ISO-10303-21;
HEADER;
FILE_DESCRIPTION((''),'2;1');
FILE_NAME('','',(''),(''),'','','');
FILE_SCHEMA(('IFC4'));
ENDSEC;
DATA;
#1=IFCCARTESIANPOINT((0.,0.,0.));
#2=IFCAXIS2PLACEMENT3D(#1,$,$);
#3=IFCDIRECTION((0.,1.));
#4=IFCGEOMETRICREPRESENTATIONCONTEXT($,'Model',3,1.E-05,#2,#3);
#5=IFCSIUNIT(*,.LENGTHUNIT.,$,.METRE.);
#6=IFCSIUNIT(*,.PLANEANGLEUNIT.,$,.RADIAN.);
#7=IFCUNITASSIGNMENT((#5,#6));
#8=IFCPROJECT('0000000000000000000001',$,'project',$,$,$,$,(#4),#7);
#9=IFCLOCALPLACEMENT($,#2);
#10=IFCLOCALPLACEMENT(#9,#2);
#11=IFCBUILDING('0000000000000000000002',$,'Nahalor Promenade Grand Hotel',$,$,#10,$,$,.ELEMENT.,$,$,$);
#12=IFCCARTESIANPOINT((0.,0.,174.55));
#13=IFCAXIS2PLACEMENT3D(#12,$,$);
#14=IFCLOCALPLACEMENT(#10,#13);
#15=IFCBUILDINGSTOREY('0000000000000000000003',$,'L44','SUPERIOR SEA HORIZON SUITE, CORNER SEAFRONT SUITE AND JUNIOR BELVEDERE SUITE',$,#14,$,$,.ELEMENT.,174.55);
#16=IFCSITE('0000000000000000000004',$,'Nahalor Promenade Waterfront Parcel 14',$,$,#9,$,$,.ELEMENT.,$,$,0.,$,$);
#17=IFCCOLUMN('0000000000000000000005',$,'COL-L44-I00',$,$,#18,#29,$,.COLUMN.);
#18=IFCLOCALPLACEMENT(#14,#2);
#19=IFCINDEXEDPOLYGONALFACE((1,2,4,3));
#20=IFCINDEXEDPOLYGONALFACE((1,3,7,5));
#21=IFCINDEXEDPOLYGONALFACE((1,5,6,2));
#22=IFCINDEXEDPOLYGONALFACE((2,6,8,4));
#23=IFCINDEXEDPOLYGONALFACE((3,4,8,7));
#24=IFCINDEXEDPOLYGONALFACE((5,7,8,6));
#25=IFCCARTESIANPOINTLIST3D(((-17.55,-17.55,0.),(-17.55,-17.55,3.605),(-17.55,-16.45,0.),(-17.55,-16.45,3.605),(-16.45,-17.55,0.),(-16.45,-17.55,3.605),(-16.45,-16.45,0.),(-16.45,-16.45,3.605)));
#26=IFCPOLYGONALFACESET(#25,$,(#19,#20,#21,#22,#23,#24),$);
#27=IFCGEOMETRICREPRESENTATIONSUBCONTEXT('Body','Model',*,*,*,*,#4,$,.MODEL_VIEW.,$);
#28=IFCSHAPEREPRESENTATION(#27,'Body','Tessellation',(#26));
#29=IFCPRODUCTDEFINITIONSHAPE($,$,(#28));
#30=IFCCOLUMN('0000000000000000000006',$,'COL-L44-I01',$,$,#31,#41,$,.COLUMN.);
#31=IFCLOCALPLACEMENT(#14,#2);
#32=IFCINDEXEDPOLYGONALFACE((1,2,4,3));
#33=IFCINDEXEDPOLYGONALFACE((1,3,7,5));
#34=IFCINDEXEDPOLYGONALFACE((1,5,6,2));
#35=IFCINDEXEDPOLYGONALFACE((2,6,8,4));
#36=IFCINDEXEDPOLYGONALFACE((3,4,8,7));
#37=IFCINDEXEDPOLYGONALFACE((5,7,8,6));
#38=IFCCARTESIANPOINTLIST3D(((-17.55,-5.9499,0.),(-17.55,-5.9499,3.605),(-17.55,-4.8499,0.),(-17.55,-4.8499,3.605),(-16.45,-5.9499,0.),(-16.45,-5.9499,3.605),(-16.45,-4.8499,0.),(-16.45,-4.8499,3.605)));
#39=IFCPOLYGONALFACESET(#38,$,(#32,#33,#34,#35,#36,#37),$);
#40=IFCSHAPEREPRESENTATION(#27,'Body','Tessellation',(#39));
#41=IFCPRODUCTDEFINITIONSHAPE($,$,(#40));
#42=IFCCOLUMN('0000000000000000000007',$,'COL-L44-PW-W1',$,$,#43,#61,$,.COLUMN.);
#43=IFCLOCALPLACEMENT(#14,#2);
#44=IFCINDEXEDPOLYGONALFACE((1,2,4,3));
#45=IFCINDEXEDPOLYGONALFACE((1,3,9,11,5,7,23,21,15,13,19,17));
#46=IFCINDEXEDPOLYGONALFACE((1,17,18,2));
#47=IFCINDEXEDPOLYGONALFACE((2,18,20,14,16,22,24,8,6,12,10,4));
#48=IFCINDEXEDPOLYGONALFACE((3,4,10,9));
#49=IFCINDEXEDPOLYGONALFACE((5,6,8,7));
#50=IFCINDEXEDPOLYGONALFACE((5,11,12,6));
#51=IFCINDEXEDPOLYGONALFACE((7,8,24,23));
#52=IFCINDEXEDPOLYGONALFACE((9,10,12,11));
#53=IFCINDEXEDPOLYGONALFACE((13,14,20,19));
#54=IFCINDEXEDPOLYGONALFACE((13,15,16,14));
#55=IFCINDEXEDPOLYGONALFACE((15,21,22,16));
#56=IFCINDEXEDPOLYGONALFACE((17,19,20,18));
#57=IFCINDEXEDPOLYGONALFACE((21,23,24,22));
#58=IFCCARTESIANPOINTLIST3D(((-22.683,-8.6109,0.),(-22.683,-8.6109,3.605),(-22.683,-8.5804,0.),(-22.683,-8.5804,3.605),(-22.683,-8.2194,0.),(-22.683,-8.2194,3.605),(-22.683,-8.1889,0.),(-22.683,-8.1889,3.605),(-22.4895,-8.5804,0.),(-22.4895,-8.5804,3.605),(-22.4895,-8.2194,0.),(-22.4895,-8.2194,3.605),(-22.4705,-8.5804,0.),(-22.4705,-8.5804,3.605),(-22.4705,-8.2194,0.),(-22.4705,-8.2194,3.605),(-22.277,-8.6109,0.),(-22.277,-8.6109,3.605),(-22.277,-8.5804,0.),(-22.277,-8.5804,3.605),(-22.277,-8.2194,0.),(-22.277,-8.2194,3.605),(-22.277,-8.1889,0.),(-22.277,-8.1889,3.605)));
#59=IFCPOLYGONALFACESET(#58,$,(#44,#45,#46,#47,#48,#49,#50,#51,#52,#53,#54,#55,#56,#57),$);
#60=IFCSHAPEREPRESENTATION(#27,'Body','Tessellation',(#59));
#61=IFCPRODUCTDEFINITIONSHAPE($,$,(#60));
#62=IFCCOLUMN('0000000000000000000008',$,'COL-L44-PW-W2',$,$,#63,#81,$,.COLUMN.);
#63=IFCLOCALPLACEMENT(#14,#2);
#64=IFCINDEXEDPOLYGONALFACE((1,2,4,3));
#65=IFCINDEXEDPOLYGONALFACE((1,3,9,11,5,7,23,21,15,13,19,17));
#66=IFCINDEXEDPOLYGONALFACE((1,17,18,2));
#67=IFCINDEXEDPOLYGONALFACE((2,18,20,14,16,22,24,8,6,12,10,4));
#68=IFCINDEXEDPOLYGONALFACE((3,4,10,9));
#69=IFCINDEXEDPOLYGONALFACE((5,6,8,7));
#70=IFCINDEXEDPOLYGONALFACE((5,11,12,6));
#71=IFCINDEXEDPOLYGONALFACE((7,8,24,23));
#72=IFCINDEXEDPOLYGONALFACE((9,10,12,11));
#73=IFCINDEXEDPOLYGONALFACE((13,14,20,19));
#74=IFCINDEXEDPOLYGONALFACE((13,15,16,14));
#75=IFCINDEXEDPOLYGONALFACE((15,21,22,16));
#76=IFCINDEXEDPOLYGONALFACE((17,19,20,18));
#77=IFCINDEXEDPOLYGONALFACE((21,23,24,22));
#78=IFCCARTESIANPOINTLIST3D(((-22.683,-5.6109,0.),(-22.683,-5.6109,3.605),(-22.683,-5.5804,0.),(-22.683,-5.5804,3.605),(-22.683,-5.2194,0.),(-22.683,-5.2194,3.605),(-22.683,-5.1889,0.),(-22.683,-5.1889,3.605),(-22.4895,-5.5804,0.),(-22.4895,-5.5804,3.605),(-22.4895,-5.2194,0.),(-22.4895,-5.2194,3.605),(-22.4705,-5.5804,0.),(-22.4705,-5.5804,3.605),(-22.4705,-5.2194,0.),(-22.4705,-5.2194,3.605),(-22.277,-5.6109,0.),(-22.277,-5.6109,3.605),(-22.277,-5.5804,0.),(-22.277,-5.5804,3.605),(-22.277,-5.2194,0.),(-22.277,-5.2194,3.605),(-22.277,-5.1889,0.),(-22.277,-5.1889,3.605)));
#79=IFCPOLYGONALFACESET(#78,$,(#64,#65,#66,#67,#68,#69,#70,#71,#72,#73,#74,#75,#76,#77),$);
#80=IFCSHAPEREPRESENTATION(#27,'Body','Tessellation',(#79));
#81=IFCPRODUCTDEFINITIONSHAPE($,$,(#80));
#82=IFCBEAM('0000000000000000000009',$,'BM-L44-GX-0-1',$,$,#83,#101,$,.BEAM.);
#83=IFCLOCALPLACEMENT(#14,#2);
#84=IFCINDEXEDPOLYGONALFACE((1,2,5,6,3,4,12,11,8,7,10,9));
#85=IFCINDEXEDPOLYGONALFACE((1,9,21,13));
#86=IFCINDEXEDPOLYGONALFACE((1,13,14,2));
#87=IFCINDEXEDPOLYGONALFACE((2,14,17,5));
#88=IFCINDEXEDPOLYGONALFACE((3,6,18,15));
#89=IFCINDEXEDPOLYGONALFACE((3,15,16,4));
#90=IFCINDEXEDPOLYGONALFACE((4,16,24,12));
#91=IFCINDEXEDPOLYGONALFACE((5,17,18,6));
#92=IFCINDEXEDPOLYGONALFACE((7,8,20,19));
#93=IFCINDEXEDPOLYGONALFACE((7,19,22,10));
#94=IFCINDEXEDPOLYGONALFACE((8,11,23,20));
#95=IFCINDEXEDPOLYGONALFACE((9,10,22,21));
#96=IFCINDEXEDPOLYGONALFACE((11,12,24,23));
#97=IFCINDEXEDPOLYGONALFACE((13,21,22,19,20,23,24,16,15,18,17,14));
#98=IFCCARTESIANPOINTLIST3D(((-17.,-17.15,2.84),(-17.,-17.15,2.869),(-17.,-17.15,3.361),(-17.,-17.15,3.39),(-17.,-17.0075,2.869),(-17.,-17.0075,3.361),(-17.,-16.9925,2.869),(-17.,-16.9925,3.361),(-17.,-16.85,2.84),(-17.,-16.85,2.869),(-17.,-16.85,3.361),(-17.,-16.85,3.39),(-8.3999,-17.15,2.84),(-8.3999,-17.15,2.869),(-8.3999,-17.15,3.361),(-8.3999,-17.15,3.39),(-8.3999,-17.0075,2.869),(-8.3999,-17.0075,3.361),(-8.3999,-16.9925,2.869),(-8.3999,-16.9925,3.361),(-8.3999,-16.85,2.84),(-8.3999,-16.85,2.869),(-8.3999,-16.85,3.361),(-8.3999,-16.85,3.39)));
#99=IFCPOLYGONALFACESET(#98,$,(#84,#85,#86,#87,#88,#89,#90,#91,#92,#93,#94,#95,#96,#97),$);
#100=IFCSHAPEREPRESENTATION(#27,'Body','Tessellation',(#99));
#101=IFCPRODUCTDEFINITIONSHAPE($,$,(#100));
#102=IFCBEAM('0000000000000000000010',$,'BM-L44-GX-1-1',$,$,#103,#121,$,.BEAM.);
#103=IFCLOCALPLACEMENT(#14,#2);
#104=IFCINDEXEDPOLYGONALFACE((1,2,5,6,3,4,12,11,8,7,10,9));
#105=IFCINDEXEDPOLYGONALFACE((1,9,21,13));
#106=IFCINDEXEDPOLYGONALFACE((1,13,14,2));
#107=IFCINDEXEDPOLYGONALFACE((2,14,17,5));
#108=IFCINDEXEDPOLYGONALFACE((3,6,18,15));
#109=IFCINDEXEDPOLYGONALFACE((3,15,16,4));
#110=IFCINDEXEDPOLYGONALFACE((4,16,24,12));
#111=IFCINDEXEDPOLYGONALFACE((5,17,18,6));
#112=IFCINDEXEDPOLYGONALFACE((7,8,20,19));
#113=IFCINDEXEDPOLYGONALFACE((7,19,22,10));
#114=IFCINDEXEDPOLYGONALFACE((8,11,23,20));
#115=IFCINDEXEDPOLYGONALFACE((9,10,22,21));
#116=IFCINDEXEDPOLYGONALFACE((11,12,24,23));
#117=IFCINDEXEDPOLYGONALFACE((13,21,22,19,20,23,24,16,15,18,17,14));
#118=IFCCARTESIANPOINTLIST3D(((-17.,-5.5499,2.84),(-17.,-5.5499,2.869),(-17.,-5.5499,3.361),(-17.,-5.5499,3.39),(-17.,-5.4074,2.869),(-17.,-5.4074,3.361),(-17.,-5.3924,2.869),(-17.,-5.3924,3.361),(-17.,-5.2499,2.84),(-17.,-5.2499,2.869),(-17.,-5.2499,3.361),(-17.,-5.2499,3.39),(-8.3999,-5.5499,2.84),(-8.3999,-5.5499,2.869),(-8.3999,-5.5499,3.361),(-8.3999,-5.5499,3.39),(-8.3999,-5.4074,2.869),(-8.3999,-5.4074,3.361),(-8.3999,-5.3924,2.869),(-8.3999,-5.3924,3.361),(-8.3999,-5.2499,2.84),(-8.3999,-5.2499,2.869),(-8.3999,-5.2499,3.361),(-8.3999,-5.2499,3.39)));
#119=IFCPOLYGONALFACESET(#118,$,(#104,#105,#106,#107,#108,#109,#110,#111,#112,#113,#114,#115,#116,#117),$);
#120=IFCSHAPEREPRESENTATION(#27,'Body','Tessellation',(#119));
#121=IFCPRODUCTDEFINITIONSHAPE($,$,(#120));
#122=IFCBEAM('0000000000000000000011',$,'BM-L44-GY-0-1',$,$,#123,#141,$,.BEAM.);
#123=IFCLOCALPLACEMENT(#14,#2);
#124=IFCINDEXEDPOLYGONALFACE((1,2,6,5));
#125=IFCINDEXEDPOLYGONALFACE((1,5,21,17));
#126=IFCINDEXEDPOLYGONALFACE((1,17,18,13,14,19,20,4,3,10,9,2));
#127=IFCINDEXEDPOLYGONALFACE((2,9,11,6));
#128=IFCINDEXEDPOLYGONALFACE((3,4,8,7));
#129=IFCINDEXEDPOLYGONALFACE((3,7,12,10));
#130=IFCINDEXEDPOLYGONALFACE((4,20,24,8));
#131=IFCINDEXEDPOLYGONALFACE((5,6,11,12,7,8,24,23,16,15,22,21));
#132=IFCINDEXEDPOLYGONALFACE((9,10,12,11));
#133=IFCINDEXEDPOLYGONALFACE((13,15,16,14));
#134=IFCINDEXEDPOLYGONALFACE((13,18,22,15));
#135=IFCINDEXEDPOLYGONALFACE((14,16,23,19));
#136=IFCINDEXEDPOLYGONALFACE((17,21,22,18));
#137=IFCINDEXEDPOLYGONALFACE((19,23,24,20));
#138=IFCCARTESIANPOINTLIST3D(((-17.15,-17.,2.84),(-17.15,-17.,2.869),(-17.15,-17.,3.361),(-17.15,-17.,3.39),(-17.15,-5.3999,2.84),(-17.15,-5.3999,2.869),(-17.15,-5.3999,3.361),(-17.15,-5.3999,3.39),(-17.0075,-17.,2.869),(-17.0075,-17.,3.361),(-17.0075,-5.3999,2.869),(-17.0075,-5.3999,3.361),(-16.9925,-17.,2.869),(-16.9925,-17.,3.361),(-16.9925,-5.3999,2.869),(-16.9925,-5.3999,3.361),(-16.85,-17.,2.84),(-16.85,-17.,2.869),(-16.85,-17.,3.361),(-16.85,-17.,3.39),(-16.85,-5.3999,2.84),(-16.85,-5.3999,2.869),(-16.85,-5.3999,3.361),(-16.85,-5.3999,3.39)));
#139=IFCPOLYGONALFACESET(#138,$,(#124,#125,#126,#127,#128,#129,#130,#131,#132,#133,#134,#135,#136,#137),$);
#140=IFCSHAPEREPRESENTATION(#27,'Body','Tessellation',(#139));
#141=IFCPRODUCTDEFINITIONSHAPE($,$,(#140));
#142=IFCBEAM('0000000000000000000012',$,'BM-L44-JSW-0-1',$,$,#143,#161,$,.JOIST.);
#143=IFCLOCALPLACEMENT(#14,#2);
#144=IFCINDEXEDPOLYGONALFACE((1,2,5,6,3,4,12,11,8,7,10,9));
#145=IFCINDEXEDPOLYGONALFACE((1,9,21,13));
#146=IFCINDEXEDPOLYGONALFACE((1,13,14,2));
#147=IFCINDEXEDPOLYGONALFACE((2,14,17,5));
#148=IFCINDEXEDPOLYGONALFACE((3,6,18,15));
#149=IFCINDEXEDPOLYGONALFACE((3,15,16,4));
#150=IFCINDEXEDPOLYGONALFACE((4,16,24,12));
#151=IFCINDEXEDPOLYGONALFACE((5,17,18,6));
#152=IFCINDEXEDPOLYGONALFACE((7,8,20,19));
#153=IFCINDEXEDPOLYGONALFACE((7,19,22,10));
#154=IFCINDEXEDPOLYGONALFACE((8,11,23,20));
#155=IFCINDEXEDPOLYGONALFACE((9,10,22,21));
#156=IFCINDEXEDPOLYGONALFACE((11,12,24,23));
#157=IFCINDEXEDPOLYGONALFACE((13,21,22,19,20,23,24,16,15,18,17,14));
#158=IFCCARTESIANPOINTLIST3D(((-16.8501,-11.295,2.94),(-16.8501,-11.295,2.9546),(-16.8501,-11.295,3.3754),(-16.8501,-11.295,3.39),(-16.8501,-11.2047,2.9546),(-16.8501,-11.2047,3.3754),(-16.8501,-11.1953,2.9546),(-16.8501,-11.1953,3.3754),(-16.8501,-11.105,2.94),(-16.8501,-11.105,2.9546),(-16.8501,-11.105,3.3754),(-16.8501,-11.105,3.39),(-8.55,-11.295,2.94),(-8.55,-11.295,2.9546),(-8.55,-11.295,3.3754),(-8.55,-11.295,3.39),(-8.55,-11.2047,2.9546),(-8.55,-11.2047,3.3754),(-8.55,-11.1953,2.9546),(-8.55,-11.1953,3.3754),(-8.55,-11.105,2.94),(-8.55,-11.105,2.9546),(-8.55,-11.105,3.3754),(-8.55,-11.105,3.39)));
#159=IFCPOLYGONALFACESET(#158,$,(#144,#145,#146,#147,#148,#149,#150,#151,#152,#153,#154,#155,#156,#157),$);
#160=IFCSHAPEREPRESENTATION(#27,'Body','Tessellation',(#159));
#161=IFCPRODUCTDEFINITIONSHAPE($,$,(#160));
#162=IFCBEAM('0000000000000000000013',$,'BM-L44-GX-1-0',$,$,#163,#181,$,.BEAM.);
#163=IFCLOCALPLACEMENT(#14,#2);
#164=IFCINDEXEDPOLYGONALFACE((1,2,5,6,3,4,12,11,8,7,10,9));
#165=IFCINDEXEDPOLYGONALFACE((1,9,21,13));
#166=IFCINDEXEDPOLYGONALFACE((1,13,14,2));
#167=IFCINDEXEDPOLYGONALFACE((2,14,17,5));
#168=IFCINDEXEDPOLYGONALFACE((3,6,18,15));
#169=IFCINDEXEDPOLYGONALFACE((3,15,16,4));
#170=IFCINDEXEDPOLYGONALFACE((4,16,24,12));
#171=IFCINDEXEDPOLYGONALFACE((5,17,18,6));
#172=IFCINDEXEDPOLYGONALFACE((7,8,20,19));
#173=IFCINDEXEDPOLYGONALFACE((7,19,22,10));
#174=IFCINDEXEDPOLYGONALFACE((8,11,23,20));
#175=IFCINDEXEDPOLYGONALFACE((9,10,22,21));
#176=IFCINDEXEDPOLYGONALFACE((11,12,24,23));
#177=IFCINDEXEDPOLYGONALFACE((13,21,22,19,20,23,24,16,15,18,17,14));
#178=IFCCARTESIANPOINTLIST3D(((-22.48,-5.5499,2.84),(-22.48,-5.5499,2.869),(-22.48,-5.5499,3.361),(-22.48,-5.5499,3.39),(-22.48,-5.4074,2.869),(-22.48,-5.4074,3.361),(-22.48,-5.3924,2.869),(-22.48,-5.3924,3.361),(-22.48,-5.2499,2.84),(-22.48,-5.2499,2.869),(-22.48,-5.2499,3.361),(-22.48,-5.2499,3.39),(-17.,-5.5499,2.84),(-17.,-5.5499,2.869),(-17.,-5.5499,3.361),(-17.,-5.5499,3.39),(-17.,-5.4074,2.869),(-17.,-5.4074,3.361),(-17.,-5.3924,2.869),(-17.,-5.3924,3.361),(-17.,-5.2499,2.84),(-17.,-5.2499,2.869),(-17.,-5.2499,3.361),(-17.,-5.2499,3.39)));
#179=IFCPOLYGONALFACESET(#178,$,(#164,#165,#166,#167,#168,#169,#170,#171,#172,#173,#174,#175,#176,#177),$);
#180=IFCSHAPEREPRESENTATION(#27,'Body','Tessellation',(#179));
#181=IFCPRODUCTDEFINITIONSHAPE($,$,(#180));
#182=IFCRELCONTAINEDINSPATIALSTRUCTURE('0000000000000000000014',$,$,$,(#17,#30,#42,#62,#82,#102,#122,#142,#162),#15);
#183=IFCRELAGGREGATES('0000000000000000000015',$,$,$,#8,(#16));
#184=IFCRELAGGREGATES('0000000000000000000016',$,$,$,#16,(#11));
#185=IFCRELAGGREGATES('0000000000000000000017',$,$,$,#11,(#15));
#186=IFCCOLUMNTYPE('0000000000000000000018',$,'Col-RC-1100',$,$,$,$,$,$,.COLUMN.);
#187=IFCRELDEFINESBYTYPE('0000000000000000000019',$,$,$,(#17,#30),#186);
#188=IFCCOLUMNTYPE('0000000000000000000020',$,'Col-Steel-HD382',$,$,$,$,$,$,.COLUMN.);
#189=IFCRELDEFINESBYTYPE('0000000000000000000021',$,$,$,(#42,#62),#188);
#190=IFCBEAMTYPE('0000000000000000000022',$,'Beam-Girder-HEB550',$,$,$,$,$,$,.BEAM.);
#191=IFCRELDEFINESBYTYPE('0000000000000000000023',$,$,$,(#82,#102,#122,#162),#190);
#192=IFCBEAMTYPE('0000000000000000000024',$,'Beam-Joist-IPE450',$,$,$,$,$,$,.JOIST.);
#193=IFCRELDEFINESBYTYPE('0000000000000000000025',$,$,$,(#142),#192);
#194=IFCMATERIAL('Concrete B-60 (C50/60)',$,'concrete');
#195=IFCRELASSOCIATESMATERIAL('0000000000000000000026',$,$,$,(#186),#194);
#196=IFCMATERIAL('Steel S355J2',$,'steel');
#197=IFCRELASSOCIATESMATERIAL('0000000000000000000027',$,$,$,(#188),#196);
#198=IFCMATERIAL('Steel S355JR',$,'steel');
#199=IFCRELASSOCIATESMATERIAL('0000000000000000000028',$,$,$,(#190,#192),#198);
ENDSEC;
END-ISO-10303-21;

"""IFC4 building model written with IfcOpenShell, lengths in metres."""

from ifc_helpers import new_model, si_unit, direction, frame, origin, origin_2d, place, context, subcontext, project, spatial, rectangle, i_section, extrude, source, transform, mapped, material, material_profile, profile_set, type_object, element, save


model = new_model("IFC4")

# Units and contexts
model_context = context("Model", 3, precision=1e-05, world=origin(), true_north=direction((0.0, 1.0)))
body_context = subcontext(model_context, "Body", "Model", "MODEL_VIEW")
ifc_project = project(units=[si_unit("LENGTHUNIT", "METRE"), si_unit("PLANEANGLEUNIT", "RADIAN")], contexts=[model_context])

# Site, building, storey
site_placement = place(None, origin())
site = spatial("IfcSite", under=ifc_project, at=site_placement, Name="Nahalor Promenade Waterfront Parcel 14", CompositionType="ELEMENT", RefElevation=0.0)
building_placement = place(site_placement, origin())
building = spatial("IfcBuilding", under=site, at=building_placement, Name="Nahalor Promenade Grand Hotel", CompositionType="ELEMENT")
storey_placement = place(building_placement, frame((0.0, 0.0, 174.55)))
storey = spatial("IfcBuildingStorey", under=building, at=storey_placement, Name="L44", Description="SUPERIOR SEA HORIZON SUITE, CORNER SEAFRONT SUITE AND JUNIOR BELVEDERE SUITE", CompositionType="ELEMENT", Elevation=174.55)

# Columns
ifc_material_1 = material(Name="Concrete B-60 (C50/60)", Category="concrete")
ifc_material_profile_1 = material_profile(ifc_material_1, rectangle(XDim=1.1, YDim=1.1, at=origin_2d()), Name="RC 1100x1100")
ifc_profile_set_1 = profile_set([ifc_material_profile_1], Name="Concrete B-60 (C50/60)")
column_type_1 = type_object("IfcColumnType", Name="Col-RC-1100", PredefinedType="COLUMN", material=ifc_profile_set_1)
shared_shape_1 = source(origin(), body_context, "Body", "SweptSolid", [
    extrude(rectangle(XDim=1.1, YDim=1.1, at=origin_2d()), origin(), (0.0, 0.0, 1.0), 3.605),
])
for number, where, z_axis, x_axis, name in (
    (1, (-17.0, -17.0, 0.0), (0.0, 0.0, 1.0), (1.0, 0.0, 0.0), "COL-L44-I00"),
    (2, (-17.0, -5.3999, 0.0), (0.0, 0.0, 1.0), (1.0, 0.0, 0.0), "COL-L44-I01"),
):
    element("IfcColumn", number, at=place(storey_placement, frame(where, z_axis=z_axis, x_axis=x_axis)), inside=storey, type_object=column_type_1, Name=name, PredefinedType="COLUMN", context=body_context, shape_type="MappedRepresentation", body=[
        mapped(shared_shape_1, transform((0.0, 0.0, 0.0), scale=1.0)),
    ])
ifc_material_2 = material(Name="Steel S355J2", Category="steel")
ifc_material_profile_2 = material_profile(ifc_material_2, i_section(OverallWidth=0.406, OverallDepth=0.422, WebThickness=0.019, FlangeThickness=0.0305, at=origin_2d()), Name="HD 400x382")
ifc_profile_set_2 = profile_set([ifc_material_profile_2], Name="Steel S355J2")
column_type_2 = type_object("IfcColumnType", Name="Col-Steel-HD382", PredefinedType="COLUMN", material=ifc_profile_set_2)
shared_shape_2 = source(origin(), body_context, "Body", "SweptSolid", [
    extrude(i_section(OverallWidth=0.406, OverallDepth=0.422, WebThickness=0.019, FlangeThickness=0.0305, at=origin_2d()), origin(), (0.0, 0.0, 1.0), 3.605),
])
for number, where, z_axis, x_axis, name in (
    (3, (-22.48, -8.3999, 0.0), (0.0, 0.0, 1.0), (1.0, 0.0, 0.0), "COL-L44-PW-W1"),
    (4, (-22.48, -5.3999, 0.0), (0.0, 0.0, 1.0), (1.0, 0.0, 0.0), "COL-L44-PW-W2"),
):
    element("IfcColumn", number, at=place(storey_placement, frame(where, z_axis=z_axis, x_axis=x_axis)), inside=storey, type_object=column_type_2, Name=name, PredefinedType="COLUMN", context=body_context, shape_type="MappedRepresentation", body=[
        mapped(shared_shape_2, transform((0.0, 0.0, 0.0), scale=1.0)),
    ])

# Beams
ifc_material_3 = material(Name="Steel S355JR", Category="steel")
ifc_material_profile_3 = material_profile(ifc_material_3, i_section(OverallWidth=0.3, OverallDepth=0.55, WebThickness=0.015, FlangeThickness=0.029, at=origin_2d()), Name="HEB 550")
ifc_profile_set_3 = profile_set([ifc_material_profile_3], Name="Steel S355JR")
beam_type_1 = type_object("IfcBeamType", Name="Beam-Girder-HEB550", PredefinedType="BEAM", material=ifc_profile_set_3)
shared_shape_3 = source(origin(), body_context, "Body", "SweptSolid", [
    extrude(i_section(OverallWidth=0.3, OverallDepth=0.55, WebThickness=0.015, FlangeThickness=0.029, at=origin_2d()), origin(), (0.0, 0.0, 1.0), 8.6001),
])
for number, where, z_axis, x_axis, name in (
    (5, (-17.0, -17.0, 3.115), (1.0, 0.0, 0.0), (0.0, 1.0, 0.0), "BM-L44-GX-0-1"),
    (6, (-17.0, -5.3999, 3.115), (1.0, 0.0, 0.0), (0.0, 1.0, 0.0), "BM-L44-GX-1-1"),
):
    element("IfcBeam", number, at=place(storey_placement, frame(where, z_axis=z_axis, x_axis=x_axis)), inside=storey, type_object=beam_type_1, Name=name, PredefinedType="BEAM", context=body_context, shape_type="MappedRepresentation", body=[
        mapped(shared_shape_3, transform((0.0, 0.0, 0.0), scale=1.0)),
    ])
shared_shape_4 = source(origin(), body_context, "Body", "SweptSolid", [
    extrude(i_section(OverallWidth=0.3, OverallDepth=0.55, WebThickness=0.015, FlangeThickness=0.029, at=origin_2d()), origin(), (0.0, 0.0, 1.0), 11.6001),
])
beam_1_placement = place(storey_placement, frame((-17.0, -17.0, 3.115), z_axis=(0.0, 1.0, 0.0), x_axis=(-1.0, 0.0, 0.0)))
element("IfcBeam", 7, at=beam_1_placement, inside=storey, type_object=beam_type_1, Name="BM-L44-GY-0-1", PredefinedType="BEAM", context=body_context, shape_type="MappedRepresentation", body=[
    mapped(shared_shape_4, transform((0.0, 0.0, 0.0), scale=1.0)),
])
ifc_material_profile_4 = material_profile(ifc_material_3, i_section(OverallWidth=0.19, OverallDepth=0.45, WebThickness=0.0094, FlangeThickness=0.0146, at=origin_2d()), Name="IPE 450")
ifc_profile_set_4 = profile_set([ifc_material_profile_4], Name="Steel S355JR")
beam_type_2 = type_object("IfcBeamType", Name="Beam-Joist-IPE450", PredefinedType="JOIST", material=ifc_profile_set_4)
shared_shape_5 = source(origin(), body_context, "Body", "SweptSolid", [
    extrude(i_section(OverallWidth=0.19, OverallDepth=0.45, WebThickness=0.0094, FlangeThickness=0.0146, at=origin_2d()), origin(), (0.0, 0.0, 1.0), 8.3),
])
beam_2_placement = place(storey_placement, frame((-16.8501, -11.2, 3.165), z_axis=(1.0, 0.0, 0.0), x_axis=(0.0, 1.0, 0.0)))
element("IfcBeam", 8, at=beam_2_placement, inside=storey, type_object=beam_type_2, Name="BM-L44-JSW-0-1", PredefinedType="JOIST", context=body_context, shape_type="MappedRepresentation", body=[
    mapped(shared_shape_5, transform((0.0, 0.0, 0.0), scale=1.0)),
])
shared_shape_6 = source(origin(), body_context, "Body", "SweptSolid", [
    extrude(i_section(OverallWidth=0.3, OverallDepth=0.55, WebThickness=0.015, FlangeThickness=0.029, at=origin_2d()), origin(), (0.0, 0.0, 1.0), 5.48),
])
beam_3_placement = place(storey_placement, frame((-22.48, -5.3999, 3.115), z_axis=(1.0, 0.0, 0.0), x_axis=(0.0, 1.0, 0.0)))
element("IfcBeam", 9, at=beam_3_placement, inside=storey, type_object=beam_type_1, Name="BM-L44-GX-1-0", PredefinedType="BEAM", context=body_context, shape_type="MappedRepresentation", body=[
    mapped(shared_shape_6, transform((0.0, 0.0, 0.0), scale=1.0)),
])

save(model, "model.ifc")
